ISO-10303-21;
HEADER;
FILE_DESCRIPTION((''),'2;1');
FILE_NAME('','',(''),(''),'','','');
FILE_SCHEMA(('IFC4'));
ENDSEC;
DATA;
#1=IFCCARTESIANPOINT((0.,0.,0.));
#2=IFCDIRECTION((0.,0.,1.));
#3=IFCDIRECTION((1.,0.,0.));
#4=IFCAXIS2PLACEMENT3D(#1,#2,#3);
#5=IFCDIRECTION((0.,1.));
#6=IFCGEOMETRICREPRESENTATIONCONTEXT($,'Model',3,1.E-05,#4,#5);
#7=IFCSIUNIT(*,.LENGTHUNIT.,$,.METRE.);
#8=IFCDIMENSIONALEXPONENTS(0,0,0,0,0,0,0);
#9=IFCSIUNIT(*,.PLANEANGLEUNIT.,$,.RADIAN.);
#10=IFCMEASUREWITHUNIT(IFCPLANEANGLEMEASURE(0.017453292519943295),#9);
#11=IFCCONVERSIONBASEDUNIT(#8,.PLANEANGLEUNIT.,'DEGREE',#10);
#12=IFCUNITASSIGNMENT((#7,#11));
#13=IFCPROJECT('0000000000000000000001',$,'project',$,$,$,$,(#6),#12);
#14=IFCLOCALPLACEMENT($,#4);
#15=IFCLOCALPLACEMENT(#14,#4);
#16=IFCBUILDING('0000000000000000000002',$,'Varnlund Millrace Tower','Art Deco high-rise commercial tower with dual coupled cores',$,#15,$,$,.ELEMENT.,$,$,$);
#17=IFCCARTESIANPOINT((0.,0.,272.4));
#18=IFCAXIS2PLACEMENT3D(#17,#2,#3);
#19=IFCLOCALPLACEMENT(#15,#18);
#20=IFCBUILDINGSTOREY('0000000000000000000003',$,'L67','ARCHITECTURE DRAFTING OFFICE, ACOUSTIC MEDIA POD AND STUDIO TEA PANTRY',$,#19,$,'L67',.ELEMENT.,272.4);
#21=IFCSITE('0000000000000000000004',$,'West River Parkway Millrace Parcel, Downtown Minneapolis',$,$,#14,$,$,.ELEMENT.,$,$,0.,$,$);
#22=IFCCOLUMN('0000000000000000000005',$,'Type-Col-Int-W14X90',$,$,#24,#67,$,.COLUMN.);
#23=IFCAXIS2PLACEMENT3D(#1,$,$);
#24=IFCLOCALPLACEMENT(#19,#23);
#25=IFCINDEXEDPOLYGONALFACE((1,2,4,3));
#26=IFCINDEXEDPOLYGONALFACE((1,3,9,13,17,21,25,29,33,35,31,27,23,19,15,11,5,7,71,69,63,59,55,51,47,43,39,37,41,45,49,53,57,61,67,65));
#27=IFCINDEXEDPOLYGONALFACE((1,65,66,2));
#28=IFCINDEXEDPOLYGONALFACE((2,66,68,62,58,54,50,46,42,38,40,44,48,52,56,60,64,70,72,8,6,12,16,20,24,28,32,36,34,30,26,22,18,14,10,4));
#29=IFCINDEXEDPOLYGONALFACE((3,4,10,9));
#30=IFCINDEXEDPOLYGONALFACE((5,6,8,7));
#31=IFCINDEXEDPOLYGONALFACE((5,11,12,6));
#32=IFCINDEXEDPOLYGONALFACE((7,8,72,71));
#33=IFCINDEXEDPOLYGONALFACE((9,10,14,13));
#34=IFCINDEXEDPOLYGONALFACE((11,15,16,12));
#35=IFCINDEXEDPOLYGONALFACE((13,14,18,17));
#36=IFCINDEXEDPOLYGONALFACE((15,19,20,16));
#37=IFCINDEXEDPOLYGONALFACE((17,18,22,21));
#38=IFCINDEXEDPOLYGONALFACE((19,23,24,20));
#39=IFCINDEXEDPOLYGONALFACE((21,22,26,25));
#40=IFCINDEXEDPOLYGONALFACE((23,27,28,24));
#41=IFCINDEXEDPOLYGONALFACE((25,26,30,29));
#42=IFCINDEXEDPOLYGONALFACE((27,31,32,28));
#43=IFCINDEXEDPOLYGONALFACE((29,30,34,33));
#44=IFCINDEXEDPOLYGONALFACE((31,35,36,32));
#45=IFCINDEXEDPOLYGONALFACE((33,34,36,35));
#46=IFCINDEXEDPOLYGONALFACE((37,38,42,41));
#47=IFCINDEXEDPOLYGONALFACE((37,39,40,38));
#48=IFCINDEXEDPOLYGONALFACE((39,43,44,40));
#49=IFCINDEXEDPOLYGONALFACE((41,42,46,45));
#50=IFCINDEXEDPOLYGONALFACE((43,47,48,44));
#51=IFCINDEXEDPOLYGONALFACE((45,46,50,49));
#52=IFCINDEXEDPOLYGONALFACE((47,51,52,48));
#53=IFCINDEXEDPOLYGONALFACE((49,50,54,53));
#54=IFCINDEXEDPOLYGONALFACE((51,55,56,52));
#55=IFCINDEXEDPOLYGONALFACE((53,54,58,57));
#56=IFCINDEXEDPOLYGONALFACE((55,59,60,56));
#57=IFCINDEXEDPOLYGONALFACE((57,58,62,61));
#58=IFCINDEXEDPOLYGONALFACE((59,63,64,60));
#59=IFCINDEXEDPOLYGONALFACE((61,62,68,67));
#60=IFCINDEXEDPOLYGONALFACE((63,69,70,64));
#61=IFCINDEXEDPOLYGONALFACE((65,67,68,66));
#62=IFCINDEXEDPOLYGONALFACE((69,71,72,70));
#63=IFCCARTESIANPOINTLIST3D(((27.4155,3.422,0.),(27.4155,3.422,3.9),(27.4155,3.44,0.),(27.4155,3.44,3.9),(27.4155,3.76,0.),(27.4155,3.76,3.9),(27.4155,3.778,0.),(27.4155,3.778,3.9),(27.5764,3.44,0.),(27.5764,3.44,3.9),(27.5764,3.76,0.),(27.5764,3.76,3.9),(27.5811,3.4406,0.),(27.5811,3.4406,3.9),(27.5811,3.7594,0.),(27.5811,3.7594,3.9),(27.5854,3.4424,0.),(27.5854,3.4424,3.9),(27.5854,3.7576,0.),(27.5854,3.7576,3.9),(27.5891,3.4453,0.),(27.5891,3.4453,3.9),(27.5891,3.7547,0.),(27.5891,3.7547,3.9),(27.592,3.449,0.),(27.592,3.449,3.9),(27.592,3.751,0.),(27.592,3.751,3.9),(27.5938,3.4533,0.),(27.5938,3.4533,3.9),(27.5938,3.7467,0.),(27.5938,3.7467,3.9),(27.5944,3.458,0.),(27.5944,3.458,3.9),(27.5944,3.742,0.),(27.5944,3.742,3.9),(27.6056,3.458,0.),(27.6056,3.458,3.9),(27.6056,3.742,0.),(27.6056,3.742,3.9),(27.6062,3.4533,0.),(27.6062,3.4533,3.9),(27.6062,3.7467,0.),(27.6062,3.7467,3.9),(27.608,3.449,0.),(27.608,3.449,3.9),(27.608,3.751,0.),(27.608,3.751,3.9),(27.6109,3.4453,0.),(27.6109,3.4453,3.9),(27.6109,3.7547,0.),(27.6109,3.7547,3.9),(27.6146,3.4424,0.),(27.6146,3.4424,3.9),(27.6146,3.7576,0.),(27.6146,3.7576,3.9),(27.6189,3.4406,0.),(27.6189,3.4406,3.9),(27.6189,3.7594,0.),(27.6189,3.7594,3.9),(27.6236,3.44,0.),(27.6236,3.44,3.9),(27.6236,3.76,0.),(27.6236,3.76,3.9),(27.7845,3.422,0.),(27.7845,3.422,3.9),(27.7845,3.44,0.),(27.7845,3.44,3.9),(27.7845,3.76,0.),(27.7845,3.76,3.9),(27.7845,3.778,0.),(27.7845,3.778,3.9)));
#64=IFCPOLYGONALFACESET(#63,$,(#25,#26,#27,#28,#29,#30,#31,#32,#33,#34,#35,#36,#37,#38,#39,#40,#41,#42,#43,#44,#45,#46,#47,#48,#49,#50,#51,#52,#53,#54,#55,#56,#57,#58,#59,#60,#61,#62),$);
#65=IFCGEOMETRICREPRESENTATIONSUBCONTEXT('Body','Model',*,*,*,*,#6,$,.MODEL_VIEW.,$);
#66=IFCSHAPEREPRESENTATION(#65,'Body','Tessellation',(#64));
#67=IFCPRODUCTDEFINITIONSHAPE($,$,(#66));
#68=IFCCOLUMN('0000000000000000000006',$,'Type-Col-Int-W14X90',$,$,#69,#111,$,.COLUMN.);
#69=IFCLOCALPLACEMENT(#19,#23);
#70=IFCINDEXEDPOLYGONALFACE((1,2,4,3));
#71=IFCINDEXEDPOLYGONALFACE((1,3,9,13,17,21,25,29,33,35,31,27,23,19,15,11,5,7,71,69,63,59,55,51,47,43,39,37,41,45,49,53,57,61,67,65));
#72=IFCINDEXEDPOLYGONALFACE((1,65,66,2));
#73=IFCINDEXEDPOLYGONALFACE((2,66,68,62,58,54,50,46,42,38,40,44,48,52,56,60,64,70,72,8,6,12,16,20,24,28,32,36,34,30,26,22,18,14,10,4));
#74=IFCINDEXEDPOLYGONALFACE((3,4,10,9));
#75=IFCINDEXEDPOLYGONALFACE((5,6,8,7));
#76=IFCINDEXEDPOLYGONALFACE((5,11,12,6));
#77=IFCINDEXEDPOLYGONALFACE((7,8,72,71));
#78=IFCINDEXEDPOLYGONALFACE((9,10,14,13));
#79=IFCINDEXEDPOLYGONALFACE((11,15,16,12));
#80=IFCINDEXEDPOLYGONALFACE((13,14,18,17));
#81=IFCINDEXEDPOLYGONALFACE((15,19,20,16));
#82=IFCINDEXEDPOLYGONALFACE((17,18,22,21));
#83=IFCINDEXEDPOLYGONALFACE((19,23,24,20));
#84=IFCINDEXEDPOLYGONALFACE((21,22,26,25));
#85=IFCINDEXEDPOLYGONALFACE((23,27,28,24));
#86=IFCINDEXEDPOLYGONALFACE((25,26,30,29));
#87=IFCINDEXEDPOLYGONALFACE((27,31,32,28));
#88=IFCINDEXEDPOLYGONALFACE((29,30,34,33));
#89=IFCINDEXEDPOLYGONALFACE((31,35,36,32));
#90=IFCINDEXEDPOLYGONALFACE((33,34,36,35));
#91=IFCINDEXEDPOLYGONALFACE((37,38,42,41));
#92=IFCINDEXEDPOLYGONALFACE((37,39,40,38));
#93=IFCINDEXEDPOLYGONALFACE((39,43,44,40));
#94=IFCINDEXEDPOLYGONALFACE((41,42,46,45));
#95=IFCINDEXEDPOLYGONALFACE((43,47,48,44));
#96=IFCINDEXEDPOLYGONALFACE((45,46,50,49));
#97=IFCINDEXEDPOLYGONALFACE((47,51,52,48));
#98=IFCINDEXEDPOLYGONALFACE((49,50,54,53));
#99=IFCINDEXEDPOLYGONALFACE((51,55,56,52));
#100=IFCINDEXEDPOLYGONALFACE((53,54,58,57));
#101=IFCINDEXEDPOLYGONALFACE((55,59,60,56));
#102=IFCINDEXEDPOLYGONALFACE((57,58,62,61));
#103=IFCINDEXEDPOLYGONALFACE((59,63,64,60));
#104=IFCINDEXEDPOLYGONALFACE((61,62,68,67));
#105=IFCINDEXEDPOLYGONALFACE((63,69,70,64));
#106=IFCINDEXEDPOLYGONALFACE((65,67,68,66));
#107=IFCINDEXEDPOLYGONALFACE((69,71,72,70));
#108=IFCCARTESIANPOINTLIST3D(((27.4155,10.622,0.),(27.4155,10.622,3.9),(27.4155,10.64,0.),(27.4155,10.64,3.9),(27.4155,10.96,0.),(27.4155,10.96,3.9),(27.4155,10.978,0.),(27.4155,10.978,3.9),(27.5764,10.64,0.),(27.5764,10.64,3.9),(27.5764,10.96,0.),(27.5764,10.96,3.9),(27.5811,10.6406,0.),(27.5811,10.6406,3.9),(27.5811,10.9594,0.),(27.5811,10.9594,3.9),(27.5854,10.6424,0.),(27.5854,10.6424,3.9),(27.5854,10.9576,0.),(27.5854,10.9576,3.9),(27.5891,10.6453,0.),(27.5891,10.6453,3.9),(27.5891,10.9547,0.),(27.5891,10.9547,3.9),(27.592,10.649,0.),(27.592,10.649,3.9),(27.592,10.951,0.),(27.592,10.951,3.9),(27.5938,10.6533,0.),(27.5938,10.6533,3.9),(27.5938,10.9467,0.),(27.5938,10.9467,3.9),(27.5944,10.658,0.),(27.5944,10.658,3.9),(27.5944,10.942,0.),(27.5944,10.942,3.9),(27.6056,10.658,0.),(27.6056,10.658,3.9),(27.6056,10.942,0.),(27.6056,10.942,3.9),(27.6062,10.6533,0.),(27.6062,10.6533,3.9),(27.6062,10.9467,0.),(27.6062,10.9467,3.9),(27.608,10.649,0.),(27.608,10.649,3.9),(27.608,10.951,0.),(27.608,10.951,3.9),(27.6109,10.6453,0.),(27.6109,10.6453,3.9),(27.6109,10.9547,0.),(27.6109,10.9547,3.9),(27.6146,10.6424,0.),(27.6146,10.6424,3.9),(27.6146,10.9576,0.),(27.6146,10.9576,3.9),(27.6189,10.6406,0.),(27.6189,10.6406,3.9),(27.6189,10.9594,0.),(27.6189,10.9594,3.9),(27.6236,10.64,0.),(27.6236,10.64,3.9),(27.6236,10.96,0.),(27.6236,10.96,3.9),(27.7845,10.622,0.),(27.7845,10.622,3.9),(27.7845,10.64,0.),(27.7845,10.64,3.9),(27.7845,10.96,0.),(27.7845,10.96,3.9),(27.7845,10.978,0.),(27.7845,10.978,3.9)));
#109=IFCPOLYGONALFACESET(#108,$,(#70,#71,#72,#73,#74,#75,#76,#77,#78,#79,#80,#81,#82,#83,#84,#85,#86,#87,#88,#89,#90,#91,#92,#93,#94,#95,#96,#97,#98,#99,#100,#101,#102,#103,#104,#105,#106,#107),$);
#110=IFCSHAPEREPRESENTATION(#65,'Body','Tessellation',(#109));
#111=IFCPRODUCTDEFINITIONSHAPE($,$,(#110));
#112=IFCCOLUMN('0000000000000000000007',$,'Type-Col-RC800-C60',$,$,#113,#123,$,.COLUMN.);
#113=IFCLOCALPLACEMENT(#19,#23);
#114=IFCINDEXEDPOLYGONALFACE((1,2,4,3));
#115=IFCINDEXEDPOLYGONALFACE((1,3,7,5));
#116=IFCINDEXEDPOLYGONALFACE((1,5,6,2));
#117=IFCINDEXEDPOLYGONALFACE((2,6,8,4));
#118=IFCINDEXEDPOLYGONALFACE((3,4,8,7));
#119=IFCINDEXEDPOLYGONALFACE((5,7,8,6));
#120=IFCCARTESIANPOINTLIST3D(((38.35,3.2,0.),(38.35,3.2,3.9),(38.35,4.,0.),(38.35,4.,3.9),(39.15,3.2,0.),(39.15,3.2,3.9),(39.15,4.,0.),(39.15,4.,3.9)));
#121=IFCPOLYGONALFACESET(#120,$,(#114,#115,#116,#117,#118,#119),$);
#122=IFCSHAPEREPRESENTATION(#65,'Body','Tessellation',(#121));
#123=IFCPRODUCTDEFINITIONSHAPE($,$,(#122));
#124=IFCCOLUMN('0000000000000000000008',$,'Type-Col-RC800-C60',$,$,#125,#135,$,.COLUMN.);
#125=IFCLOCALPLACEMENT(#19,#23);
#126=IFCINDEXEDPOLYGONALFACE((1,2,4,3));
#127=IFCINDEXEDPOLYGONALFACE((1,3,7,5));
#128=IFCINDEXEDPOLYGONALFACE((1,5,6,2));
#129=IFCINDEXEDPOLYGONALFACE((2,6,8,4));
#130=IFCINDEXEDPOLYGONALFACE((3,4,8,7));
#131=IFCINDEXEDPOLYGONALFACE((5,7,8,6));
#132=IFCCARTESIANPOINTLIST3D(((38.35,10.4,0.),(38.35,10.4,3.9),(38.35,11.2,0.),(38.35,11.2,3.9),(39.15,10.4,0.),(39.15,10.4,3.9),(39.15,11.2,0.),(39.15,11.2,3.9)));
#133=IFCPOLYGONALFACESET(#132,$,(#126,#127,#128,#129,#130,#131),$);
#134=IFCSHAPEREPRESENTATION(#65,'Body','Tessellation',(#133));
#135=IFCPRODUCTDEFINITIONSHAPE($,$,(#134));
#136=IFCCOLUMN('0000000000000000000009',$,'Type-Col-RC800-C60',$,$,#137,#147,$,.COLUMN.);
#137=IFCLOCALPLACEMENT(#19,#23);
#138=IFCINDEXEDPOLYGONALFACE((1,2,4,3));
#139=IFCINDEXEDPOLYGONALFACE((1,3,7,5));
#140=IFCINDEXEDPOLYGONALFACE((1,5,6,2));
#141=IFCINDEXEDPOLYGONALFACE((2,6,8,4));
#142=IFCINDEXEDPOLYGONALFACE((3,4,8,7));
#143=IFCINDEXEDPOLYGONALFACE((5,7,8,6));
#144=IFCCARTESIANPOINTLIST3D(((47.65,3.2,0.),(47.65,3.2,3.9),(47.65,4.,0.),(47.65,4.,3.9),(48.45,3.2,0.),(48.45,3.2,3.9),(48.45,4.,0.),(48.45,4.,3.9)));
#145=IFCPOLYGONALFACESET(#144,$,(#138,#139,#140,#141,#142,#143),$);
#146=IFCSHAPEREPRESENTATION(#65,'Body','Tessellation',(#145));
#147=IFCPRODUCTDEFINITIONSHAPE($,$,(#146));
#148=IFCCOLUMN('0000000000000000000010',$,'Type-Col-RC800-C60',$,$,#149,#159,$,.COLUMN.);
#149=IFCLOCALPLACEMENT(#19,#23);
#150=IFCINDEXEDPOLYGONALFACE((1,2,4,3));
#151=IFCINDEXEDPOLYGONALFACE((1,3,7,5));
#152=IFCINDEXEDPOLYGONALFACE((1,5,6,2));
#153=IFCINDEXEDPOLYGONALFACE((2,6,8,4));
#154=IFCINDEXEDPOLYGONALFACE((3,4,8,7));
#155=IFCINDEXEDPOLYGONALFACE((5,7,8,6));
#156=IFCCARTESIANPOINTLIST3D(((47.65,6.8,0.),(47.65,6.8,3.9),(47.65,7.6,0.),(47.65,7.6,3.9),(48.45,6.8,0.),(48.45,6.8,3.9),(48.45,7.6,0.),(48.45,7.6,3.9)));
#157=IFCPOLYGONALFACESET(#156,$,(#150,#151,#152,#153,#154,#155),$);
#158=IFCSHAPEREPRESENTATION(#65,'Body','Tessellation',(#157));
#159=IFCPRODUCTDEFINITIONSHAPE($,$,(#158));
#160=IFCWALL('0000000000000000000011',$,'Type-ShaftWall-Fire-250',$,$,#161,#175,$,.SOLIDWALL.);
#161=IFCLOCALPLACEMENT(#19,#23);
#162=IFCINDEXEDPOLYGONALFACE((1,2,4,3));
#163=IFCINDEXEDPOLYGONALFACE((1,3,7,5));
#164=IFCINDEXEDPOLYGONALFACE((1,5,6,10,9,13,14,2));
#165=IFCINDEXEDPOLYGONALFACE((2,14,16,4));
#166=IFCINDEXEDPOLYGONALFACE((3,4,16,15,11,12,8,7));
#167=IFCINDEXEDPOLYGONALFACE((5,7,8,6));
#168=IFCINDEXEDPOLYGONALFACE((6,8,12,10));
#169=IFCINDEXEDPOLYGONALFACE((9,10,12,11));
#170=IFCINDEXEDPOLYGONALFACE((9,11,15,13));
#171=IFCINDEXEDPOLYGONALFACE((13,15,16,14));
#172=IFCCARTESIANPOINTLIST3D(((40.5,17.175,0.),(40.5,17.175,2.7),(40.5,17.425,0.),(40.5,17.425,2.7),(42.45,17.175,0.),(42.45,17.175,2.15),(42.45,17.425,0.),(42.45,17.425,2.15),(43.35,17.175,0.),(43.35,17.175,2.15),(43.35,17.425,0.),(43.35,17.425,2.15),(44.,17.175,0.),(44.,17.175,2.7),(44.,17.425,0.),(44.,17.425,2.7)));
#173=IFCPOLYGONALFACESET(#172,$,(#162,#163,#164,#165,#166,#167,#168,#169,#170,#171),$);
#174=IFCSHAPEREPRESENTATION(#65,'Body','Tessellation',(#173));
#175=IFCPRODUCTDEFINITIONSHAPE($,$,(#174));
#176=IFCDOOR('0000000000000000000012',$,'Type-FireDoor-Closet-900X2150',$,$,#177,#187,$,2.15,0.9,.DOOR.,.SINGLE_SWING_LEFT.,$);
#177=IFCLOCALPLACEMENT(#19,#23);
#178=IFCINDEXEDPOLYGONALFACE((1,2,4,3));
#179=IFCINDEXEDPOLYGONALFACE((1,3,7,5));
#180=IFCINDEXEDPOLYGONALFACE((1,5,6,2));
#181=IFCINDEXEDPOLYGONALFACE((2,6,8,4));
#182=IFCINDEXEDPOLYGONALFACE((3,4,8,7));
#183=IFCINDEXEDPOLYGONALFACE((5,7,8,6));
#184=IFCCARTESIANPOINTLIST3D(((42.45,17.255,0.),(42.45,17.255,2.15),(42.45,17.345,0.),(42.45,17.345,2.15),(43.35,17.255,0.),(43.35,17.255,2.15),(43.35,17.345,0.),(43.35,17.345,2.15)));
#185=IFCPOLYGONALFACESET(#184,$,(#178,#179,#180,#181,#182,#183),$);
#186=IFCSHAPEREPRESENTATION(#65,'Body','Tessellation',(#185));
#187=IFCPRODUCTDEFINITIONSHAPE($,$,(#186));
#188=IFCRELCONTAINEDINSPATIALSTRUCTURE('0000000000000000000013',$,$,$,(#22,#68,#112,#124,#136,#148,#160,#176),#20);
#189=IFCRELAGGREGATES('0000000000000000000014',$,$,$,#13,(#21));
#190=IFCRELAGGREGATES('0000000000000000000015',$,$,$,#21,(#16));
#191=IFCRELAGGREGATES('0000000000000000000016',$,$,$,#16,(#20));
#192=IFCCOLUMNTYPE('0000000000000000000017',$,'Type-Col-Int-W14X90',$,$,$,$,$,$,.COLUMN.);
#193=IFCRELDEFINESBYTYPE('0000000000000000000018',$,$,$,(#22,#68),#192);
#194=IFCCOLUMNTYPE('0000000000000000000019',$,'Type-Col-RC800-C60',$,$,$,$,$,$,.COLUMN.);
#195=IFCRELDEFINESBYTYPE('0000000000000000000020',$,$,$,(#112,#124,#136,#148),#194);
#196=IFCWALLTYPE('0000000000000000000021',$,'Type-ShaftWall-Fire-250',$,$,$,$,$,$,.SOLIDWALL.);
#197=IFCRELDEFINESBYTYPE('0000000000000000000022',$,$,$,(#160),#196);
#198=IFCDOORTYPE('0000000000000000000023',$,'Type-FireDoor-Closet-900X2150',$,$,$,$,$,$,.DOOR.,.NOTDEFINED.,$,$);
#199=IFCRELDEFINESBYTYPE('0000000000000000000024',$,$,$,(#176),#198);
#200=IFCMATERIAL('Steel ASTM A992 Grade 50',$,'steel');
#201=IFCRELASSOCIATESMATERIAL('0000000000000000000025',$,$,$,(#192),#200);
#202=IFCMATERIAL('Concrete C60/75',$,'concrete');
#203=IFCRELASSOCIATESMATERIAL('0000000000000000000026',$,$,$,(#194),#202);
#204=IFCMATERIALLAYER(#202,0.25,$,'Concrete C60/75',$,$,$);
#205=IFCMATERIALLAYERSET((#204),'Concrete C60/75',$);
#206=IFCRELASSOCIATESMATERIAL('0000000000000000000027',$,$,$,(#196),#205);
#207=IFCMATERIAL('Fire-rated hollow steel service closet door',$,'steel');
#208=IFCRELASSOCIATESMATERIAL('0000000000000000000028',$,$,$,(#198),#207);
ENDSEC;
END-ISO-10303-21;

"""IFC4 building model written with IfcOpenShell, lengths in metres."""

from ifc_helpers import new_model, entity, si_unit, converted_unit, direction, frame, origin_with_axes, origin_2d_with_axis, place, context, subcontext, project, spatial, polyline, rectangle, i_section, outline, extrude, material, layer, layer_set, material_profile, profile_set, type_object, element, fill, save


model = new_model("IFC4")

# Units and contexts
model_context = context("Model", 3, precision=1e-05, world=origin_with_axes(), true_north=direction((0.0, 1.0)))
body_context = subcontext(model_context, "Body", "Model", "MODEL_VIEW")
ifc_project = project(units=[si_unit("LENGTHUNIT", "METRE"), converted_unit("PLANEANGLEUNIT", "DEGREE", entity("IfcPlaneAngleMeasure", 0.017453292519943295), si_unit("PLANEANGLEUNIT", "RADIAN"), dimensions=[0, 0, 0, 0, 0, 0, 0])], contexts=[model_context])

# Site, building, storey
site_placement = place(None, origin_with_axes())
site = spatial("IfcSite", under=ifc_project, at=site_placement, Name="West River Parkway Millrace Parcel, Downtown Minneapolis", CompositionType="ELEMENT", RefElevation=0.0)
building_placement = place(site_placement, origin_with_axes())
building = spatial("IfcBuilding", under=site, at=building_placement, Name="Varnlund Millrace Tower", Description="Art Deco high-rise commercial tower with dual coupled cores", CompositionType="ELEMENT")
storey_placement = place(building_placement, frame((0.0, 0.0, 272.4), z_axis=(0.0, 0.0, 1.0), x_axis=(1.0, 0.0, 0.0)))
storey = spatial("IfcBuildingStorey", under=building, at=storey_placement, Name="L67", Description="ARCHITECTURE DRAFTING OFFICE, ACOUSTIC MEDIA POD AND STUDIO TEA PANTRY", LongName="L67", CompositionType="ELEMENT", Elevation=272.4)

# Columns
ifc_material_1 = material(Name="Steel ASTM A992 Grade 50", Category="steel")
ifc_material_profile_1 = material_profile(ifc_material_1, i_section(OverallWidth=0.369, OverallDepth=0.356, WebThickness=0.0112, FlangeThickness=0.018, FilletRadius=0.018, at=origin_2d_with_axis()), Name="Steel ASTM A992 Grade 50")
ifc_profile_set_1 = profile_set([ifc_material_profile_1], Name="Steel ASTM A992 Grade 50")
column_type_1 = type_object("IfcColumnType", Name="Type-Col-Int-W14X90", PredefinedType="COLUMN", material=ifc_profile_set_1)
for number, where, z_axis, x_axis, name in (
    (1, (27.6, 3.6, 0.0), (0.0, 0.0, 1.0), (1.0, 0.0, 0.0), "Type-Col-Int-W14X90"),
    (2, (27.6, 10.8, 0.0), (0.0, 0.0, 1.0), (1.0, 0.0, 0.0), "Type-Col-Int-W14X90"),
):
    element("IfcColumn", number, at=place(storey_placement, frame(where, z_axis=z_axis, x_axis=x_axis)), inside=storey, type_object=column_type_1, Name=name, PredefinedType="COLUMN", context=body_context, shape_type="SweptSolid", body=[
        extrude(i_section(OverallWidth=0.369, OverallDepth=0.356, WebThickness=0.0112, FlangeThickness=0.018, FilletRadius=0.018, at=origin_2d_with_axis()), origin_with_axes(), (0.0, 0.0, 1.0), 3.9),
    ])
ifc_material_2 = material(Name="Concrete C60/75", Category="concrete")
ifc_material_profile_2 = material_profile(ifc_material_2, rectangle(XDim=0.8, YDim=0.8, at=origin_2d_with_axis()), Name="Concrete C60/75")
ifc_profile_set_2 = profile_set([ifc_material_profile_2], Name="Concrete C60/75")
column_type_2 = type_object("IfcColumnType", Name="Type-Col-RC800-C60", PredefinedType="COLUMN", material=ifc_profile_set_2)
for number, where, z_axis, x_axis, name in (
    (3, (38.75, 3.6, 0.0), (0.0, 0.0, 1.0), (1.0, 0.0, 0.0), "Type-Col-RC800-C60"),
    (4, (38.75, 10.8, 0.0), (0.0, 0.0, 1.0), (1.0, 0.0, 0.0), "Type-Col-RC800-C60"),
    (5, (48.05, 3.6, 0.0), (0.0, 0.0, 1.0), (1.0, 0.0, 0.0), "Type-Col-RC800-C60"),
    (6, (48.05, 7.2, 0.0), (0.0, 0.0, 1.0), (1.0, 0.0, 0.0), "Type-Col-RC800-C60"),
):
    element("IfcColumn", number, at=place(storey_placement, frame(where, z_axis=z_axis, x_axis=x_axis)), inside=storey, type_object=column_type_2, Name=name, PredefinedType="COLUMN", context=body_context, shape_type="SweptSolid", body=[
        extrude(rectangle(XDim=0.8, YDim=0.8, at=origin_2d_with_axis()), origin_with_axes(), (0.0, 0.0, 1.0), 3.9),
    ])

# Wall, opening, door
ifc_layer = layer(ifc_material_2, 0.25, Name="Concrete C60/75")
ifc_layer_set = layer_set([ifc_layer], Name="Concrete C60/75")
wall_type = type_object("IfcWallType", Name="Type-ShaftWall-Fire-250", PredefinedType="SOLIDWALL", material=ifc_layer_set)
wall_1_placement = place(storey_placement, frame((40.5, 17.3, 0.0), z_axis=(0.0, 0.0, 1.0), x_axis=(1.0, 0.0, 0.0)))
wall_1 = element("IfcWall", 7, at=wall_1_placement, inside=storey, type_object=wall_type, Name="Type-ShaftWall-Fire-250", PredefinedType="SOLIDWALL", context=body_context, shape_type="SweptSolid", body=[
    extrude(outline(polyline([(0.0, -0.125), (3.5, -0.125), (3.5, 0.125), (0.0, 0.125), (0.0, -0.125)])), origin_with_axes(), (0.0, 0.0, 1.0), 2.7),
])
opening_1_placement = place(wall_1_placement, frame((2.4, 0.0, 0.0), z_axis=(0.0, 0.0, 1.0), x_axis=(1.0, 0.0, 0.0)))
opening_1 = element("IfcOpeningElement", 8, at=opening_1_placement, cuts=wall_1, PredefinedType="OPENING", context=body_context, shape_type="SweptSolid", body=[
    extrude(rectangle(XDim=0.9, YDim=0.27, at=origin_2d_with_axis()), origin_with_axes(), (0.0, 0.0, 1.0), 2.15),
])
ifc_material_3 = material(Name="Fire-rated hollow steel service closet door", Category="steel")
door_type_1 = type_object("IfcDoorType", Name="Type-FireDoor-Closet-900X2150", OperationType="NOTDEFINED", PredefinedType="DOOR", material=ifc_material_3)
door_1_placement = place(wall_1_placement, frame((2.4, 0.0, 0.0), z_axis=(0.0, 0.0, 1.0), x_axis=(1.0, 0.0, 0.0)))
door_1 = element("IfcDoor", 9, at=door_1_placement, inside=storey, type_object=door_type_1, Name="Type-FireDoor-Closet-900X2150", OperationType="SINGLE_SWING_LEFT", OverallHeight=2.15, OverallWidth=0.9, PredefinedType="DOOR", context=body_context, shape_type="SweptSolid", body=[
    extrude(rectangle(XDim=0.9, YDim=0.09, at=origin_2d_with_axis()), origin_with_axes(), (0.0, 0.0, 1.0), 2.15),
])
fill(opening_1, door_1)

save(model, "model.ifc")
